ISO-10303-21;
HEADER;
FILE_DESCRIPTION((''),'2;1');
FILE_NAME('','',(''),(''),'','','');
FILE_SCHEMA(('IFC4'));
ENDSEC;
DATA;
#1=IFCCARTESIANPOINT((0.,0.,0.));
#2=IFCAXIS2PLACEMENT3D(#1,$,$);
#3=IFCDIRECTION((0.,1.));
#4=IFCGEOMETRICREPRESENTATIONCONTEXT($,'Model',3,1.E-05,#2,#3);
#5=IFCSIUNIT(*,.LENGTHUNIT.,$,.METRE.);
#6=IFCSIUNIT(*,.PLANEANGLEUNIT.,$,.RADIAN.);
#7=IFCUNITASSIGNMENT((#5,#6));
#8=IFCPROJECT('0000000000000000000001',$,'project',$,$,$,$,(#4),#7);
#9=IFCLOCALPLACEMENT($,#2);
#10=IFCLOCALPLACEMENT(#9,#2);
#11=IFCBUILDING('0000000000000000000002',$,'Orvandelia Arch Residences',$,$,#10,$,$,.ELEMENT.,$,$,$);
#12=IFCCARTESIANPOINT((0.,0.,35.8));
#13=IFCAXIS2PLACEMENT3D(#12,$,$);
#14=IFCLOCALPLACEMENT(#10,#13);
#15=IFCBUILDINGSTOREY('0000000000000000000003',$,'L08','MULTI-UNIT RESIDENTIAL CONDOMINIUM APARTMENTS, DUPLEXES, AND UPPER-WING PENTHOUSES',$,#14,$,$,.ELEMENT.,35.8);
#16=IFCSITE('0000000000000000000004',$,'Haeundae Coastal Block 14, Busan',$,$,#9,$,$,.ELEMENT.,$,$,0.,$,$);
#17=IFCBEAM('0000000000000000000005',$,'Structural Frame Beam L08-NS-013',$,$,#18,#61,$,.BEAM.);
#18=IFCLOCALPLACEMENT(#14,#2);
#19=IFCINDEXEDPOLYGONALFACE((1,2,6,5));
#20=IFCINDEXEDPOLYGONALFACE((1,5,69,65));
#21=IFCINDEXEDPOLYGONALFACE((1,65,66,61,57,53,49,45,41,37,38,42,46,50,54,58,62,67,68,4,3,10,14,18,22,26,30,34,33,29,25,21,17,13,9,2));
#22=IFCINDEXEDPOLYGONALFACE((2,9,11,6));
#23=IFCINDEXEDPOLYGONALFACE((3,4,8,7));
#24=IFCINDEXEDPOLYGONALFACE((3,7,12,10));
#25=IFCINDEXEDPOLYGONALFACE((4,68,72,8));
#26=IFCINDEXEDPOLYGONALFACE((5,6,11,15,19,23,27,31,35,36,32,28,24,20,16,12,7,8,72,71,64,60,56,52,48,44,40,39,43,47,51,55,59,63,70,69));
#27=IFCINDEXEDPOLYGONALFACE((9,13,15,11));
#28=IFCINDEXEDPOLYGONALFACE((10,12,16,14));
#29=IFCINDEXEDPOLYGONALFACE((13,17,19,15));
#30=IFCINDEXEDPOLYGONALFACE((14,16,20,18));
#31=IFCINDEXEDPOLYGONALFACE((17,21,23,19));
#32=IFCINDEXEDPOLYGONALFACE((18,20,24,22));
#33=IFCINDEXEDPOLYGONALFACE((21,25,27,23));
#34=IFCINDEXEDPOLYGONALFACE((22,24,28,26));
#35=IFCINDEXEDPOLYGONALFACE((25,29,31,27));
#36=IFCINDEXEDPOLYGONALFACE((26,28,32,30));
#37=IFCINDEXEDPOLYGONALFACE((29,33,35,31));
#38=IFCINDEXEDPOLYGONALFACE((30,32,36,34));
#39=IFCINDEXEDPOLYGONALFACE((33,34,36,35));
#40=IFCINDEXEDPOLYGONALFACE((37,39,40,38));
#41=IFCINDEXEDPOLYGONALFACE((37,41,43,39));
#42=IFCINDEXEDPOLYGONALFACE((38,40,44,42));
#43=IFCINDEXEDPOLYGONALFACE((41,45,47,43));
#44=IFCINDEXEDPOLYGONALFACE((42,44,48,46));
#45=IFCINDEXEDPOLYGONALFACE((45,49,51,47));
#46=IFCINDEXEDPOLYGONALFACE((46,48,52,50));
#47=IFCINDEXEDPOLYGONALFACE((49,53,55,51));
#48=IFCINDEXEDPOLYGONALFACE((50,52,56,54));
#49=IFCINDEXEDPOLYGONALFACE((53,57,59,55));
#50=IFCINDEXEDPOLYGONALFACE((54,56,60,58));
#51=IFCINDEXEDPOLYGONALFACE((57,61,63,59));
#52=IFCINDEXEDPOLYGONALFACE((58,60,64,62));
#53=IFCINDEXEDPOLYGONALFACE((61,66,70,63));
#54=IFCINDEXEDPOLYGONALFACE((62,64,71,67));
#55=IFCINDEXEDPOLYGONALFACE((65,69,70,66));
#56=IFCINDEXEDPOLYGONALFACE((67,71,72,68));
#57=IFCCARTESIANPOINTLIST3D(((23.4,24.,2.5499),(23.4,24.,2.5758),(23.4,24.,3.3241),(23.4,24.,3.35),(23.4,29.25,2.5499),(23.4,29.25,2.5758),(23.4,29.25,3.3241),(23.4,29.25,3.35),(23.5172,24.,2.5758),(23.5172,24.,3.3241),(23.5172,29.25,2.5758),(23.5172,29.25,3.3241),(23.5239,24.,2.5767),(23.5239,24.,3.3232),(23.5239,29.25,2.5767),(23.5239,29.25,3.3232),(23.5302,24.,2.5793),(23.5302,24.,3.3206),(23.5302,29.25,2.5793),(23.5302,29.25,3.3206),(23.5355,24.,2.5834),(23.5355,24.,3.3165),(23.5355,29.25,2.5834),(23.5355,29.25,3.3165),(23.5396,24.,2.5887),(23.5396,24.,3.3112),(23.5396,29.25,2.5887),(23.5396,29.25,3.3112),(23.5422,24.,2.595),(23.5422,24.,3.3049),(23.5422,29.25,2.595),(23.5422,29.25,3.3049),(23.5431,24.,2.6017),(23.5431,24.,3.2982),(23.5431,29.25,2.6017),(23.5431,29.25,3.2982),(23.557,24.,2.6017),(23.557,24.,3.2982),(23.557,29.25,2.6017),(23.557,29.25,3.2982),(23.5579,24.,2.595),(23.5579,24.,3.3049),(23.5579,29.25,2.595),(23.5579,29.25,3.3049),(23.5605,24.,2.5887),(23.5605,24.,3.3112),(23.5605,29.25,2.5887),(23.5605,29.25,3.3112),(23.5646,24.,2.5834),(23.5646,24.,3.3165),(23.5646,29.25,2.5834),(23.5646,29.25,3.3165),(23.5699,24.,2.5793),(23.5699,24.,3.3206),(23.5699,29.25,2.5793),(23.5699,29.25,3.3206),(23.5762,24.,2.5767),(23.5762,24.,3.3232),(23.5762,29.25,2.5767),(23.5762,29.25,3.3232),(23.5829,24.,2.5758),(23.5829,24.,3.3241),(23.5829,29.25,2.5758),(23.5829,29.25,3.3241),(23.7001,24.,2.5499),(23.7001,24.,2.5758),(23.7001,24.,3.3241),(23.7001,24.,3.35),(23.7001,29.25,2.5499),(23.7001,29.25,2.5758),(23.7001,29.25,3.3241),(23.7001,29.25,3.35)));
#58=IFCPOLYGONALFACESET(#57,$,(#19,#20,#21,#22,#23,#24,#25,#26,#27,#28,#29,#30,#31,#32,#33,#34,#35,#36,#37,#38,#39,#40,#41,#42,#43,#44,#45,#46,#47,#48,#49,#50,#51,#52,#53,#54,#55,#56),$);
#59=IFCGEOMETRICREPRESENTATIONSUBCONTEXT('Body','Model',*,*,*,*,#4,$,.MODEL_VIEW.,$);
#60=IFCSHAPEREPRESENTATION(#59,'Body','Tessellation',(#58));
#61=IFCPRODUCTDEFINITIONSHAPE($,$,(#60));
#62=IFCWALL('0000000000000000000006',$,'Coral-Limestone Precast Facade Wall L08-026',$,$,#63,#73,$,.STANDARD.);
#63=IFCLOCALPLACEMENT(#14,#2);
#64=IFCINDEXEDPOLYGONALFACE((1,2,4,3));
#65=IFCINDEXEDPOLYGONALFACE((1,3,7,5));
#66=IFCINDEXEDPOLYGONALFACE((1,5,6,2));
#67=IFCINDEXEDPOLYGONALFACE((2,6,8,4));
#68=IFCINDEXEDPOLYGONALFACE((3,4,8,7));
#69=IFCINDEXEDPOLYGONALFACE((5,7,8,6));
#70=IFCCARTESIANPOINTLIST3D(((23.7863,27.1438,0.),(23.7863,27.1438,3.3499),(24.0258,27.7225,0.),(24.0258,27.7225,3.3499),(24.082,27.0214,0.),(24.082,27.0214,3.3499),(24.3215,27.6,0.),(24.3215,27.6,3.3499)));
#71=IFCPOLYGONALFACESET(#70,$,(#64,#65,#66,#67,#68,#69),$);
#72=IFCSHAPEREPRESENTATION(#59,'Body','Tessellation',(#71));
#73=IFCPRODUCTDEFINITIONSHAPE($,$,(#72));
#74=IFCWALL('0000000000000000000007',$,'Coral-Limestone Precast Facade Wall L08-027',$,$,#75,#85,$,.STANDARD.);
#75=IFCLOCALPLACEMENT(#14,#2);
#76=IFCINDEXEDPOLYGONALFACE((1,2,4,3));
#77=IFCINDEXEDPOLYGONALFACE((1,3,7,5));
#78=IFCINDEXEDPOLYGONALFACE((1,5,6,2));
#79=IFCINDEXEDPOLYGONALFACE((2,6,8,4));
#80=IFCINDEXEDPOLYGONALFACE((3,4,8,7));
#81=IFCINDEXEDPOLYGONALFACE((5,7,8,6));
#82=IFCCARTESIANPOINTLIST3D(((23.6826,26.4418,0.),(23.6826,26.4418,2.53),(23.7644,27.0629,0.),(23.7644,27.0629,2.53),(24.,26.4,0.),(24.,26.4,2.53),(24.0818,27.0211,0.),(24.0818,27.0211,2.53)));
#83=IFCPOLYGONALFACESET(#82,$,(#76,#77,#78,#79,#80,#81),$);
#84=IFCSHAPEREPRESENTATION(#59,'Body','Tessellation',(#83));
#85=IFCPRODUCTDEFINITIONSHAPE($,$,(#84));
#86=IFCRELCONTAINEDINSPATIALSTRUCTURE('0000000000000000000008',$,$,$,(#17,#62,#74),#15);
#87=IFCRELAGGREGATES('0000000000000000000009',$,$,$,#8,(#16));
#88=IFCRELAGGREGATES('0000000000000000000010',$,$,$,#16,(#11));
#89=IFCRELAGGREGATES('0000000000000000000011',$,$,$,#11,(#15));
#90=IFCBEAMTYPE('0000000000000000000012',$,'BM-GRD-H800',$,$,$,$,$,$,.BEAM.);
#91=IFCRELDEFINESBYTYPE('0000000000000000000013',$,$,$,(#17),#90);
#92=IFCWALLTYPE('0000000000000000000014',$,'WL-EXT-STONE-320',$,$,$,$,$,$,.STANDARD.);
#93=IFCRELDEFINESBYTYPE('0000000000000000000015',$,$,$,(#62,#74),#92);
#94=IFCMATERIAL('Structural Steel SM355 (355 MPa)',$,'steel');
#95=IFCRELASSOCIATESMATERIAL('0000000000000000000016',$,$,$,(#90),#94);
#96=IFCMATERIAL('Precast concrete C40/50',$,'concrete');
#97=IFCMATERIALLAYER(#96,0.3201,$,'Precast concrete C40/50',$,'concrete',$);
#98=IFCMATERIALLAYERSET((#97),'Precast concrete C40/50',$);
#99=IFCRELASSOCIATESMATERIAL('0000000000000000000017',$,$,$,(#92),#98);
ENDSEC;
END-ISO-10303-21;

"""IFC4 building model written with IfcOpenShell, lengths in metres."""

from ifc_helpers import new_model, si_unit, direction, frame, frame_2d, origin, origin_2d, place, context, subcontext, project, spatial, rectangle, i_section, extrude, material, layer, layer_set, material_profile, profile_set, type_object, element, save


model = new_model("IFC4")

# Units and contexts
model_context = context("Model", 3, precision=1e-05, world=origin(), true_north=direction((0.0, 1.0)))
body_context = subcontext(model_context, "Body", "Model", "MODEL_VIEW")
ifc_project = project(units=[si_unit("LENGTHUNIT", "METRE"), si_unit("PLANEANGLEUNIT", "RADIAN")], contexts=[model_context])

# Site, building, storey
site_placement = place(None, origin())
site = spatial("IfcSite", under=ifc_project, at=site_placement, Name="Haeundae Coastal Block 14, Busan", CompositionType="ELEMENT", RefElevation=0.0)
building_placement = place(site_placement, origin())
building = spatial("IfcBuilding", under=site, at=building_placement, Name="Orvandelia Arch Residences", CompositionType="ELEMENT")
storey_placement = place(building_placement, frame((0.0, 0.0, 35.8)))
storey = spatial("IfcBuildingStorey", under=building, at=storey_placement, Name="L08", Description="MULTI-UNIT RESIDENTIAL CONDOMINIUM APARTMENTS, DUPLEXES, AND UPPER-WING PENTHOUSES", CompositionType="ELEMENT", Elevation=35.8)

# Beam
ifc_material_1 = material(Name="Structural Steel SM355 (355 MPa)", Category="steel")
ifc_material_profile_1 = material_profile(ifc_material_1, i_section(OverallWidth=0.3, OverallDepth=0.8, WebThickness=0.0139, FlangeThickness=0.0259, FilletRadius=0.0259, at=origin_2d()), Name="Structural Steel SM355 (355 MPa)", Category="steel")
ifc_profile_set_1 = profile_set([ifc_material_profile_1], Name="Structural Steel SM355 (355 MPa)")
beam_type = type_object("IfcBeamType", Name="BM-GRD-H800", PredefinedType="BEAM", material=ifc_profile_set_1)
beam_1_placement = place(storey_placement, frame((23.55, 24.0, 2.95), z_axis=(0.0, 1.0, 0.0), x_axis=(-1.0, 0.0, 0.0)))
element("IfcBeam", 1, at=beam_1_placement, inside=storey, type_object=beam_type, Name="Structural Frame Beam L08-NS-013", PredefinedType="BEAM", context=body_context, shape_type="SweptSolid", body=[
    extrude(i_section(OverallWidth=0.3, OverallDepth=0.8, WebThickness=0.0139, FlangeThickness=0.0259, FilletRadius=0.0259, at=origin_2d()), origin(), (0.0, 0.0, 1.0), 5.25),
])

# Walls
ifc_material_2 = material(Name="Precast concrete C40/50", Category="concrete")
ifc_layer = layer(ifc_material_2, 0.3201, Name="Precast concrete C40/50", Category="concrete")
ifc_layer_set = layer_set([ifc_layer], Name="Precast concrete C40/50")
wall_type = type_object("IfcWallType", Name="WL-EXT-STONE-320", PredefinedType="STANDARD", material=ifc_layer_set)
wall_1_placement = place(storey_placement, frame((24.1736, 27.6611, 0.0), z_axis=(0.0, 0.0, 1.0), x_axis=(-0.382455, -0.923974, 0.0)))
element("IfcWall", 2, at=wall_1_placement, inside=storey, type_object=wall_type, Name="Coral-Limestone Precast Facade Wall L08-026", PredefinedType="STANDARD", context=body_context, shape_type="SweptSolid", body=[
    extrude(rectangle(XDim=0.6262, YDim=0.3201, at=frame_2d((0.313, 0.0))), origin(), (0.0, 0.0, 1.0), 3.3499),
])
wall_2_placement = place(storey_placement, frame((23.9231, 27.042, 0.0), z_axis=(0.0, 0.0, 1.0), x_axis=(-0.130555, -0.991441, 0.0)))
element("IfcWall", 3, at=wall_2_placement, inside=storey, type_object=wall_type, Name="Coral-Limestone Precast Facade Wall L08-027", PredefinedType="STANDARD", context=body_context, shape_type="SweptSolid", body=[
    extrude(rectangle(XDim=0.6265, YDim=0.3201, at=frame_2d((0.3132, 0.0))), origin(), (0.0, 0.0, 1.0), 2.53),
])

save(model, "model.ifc")
